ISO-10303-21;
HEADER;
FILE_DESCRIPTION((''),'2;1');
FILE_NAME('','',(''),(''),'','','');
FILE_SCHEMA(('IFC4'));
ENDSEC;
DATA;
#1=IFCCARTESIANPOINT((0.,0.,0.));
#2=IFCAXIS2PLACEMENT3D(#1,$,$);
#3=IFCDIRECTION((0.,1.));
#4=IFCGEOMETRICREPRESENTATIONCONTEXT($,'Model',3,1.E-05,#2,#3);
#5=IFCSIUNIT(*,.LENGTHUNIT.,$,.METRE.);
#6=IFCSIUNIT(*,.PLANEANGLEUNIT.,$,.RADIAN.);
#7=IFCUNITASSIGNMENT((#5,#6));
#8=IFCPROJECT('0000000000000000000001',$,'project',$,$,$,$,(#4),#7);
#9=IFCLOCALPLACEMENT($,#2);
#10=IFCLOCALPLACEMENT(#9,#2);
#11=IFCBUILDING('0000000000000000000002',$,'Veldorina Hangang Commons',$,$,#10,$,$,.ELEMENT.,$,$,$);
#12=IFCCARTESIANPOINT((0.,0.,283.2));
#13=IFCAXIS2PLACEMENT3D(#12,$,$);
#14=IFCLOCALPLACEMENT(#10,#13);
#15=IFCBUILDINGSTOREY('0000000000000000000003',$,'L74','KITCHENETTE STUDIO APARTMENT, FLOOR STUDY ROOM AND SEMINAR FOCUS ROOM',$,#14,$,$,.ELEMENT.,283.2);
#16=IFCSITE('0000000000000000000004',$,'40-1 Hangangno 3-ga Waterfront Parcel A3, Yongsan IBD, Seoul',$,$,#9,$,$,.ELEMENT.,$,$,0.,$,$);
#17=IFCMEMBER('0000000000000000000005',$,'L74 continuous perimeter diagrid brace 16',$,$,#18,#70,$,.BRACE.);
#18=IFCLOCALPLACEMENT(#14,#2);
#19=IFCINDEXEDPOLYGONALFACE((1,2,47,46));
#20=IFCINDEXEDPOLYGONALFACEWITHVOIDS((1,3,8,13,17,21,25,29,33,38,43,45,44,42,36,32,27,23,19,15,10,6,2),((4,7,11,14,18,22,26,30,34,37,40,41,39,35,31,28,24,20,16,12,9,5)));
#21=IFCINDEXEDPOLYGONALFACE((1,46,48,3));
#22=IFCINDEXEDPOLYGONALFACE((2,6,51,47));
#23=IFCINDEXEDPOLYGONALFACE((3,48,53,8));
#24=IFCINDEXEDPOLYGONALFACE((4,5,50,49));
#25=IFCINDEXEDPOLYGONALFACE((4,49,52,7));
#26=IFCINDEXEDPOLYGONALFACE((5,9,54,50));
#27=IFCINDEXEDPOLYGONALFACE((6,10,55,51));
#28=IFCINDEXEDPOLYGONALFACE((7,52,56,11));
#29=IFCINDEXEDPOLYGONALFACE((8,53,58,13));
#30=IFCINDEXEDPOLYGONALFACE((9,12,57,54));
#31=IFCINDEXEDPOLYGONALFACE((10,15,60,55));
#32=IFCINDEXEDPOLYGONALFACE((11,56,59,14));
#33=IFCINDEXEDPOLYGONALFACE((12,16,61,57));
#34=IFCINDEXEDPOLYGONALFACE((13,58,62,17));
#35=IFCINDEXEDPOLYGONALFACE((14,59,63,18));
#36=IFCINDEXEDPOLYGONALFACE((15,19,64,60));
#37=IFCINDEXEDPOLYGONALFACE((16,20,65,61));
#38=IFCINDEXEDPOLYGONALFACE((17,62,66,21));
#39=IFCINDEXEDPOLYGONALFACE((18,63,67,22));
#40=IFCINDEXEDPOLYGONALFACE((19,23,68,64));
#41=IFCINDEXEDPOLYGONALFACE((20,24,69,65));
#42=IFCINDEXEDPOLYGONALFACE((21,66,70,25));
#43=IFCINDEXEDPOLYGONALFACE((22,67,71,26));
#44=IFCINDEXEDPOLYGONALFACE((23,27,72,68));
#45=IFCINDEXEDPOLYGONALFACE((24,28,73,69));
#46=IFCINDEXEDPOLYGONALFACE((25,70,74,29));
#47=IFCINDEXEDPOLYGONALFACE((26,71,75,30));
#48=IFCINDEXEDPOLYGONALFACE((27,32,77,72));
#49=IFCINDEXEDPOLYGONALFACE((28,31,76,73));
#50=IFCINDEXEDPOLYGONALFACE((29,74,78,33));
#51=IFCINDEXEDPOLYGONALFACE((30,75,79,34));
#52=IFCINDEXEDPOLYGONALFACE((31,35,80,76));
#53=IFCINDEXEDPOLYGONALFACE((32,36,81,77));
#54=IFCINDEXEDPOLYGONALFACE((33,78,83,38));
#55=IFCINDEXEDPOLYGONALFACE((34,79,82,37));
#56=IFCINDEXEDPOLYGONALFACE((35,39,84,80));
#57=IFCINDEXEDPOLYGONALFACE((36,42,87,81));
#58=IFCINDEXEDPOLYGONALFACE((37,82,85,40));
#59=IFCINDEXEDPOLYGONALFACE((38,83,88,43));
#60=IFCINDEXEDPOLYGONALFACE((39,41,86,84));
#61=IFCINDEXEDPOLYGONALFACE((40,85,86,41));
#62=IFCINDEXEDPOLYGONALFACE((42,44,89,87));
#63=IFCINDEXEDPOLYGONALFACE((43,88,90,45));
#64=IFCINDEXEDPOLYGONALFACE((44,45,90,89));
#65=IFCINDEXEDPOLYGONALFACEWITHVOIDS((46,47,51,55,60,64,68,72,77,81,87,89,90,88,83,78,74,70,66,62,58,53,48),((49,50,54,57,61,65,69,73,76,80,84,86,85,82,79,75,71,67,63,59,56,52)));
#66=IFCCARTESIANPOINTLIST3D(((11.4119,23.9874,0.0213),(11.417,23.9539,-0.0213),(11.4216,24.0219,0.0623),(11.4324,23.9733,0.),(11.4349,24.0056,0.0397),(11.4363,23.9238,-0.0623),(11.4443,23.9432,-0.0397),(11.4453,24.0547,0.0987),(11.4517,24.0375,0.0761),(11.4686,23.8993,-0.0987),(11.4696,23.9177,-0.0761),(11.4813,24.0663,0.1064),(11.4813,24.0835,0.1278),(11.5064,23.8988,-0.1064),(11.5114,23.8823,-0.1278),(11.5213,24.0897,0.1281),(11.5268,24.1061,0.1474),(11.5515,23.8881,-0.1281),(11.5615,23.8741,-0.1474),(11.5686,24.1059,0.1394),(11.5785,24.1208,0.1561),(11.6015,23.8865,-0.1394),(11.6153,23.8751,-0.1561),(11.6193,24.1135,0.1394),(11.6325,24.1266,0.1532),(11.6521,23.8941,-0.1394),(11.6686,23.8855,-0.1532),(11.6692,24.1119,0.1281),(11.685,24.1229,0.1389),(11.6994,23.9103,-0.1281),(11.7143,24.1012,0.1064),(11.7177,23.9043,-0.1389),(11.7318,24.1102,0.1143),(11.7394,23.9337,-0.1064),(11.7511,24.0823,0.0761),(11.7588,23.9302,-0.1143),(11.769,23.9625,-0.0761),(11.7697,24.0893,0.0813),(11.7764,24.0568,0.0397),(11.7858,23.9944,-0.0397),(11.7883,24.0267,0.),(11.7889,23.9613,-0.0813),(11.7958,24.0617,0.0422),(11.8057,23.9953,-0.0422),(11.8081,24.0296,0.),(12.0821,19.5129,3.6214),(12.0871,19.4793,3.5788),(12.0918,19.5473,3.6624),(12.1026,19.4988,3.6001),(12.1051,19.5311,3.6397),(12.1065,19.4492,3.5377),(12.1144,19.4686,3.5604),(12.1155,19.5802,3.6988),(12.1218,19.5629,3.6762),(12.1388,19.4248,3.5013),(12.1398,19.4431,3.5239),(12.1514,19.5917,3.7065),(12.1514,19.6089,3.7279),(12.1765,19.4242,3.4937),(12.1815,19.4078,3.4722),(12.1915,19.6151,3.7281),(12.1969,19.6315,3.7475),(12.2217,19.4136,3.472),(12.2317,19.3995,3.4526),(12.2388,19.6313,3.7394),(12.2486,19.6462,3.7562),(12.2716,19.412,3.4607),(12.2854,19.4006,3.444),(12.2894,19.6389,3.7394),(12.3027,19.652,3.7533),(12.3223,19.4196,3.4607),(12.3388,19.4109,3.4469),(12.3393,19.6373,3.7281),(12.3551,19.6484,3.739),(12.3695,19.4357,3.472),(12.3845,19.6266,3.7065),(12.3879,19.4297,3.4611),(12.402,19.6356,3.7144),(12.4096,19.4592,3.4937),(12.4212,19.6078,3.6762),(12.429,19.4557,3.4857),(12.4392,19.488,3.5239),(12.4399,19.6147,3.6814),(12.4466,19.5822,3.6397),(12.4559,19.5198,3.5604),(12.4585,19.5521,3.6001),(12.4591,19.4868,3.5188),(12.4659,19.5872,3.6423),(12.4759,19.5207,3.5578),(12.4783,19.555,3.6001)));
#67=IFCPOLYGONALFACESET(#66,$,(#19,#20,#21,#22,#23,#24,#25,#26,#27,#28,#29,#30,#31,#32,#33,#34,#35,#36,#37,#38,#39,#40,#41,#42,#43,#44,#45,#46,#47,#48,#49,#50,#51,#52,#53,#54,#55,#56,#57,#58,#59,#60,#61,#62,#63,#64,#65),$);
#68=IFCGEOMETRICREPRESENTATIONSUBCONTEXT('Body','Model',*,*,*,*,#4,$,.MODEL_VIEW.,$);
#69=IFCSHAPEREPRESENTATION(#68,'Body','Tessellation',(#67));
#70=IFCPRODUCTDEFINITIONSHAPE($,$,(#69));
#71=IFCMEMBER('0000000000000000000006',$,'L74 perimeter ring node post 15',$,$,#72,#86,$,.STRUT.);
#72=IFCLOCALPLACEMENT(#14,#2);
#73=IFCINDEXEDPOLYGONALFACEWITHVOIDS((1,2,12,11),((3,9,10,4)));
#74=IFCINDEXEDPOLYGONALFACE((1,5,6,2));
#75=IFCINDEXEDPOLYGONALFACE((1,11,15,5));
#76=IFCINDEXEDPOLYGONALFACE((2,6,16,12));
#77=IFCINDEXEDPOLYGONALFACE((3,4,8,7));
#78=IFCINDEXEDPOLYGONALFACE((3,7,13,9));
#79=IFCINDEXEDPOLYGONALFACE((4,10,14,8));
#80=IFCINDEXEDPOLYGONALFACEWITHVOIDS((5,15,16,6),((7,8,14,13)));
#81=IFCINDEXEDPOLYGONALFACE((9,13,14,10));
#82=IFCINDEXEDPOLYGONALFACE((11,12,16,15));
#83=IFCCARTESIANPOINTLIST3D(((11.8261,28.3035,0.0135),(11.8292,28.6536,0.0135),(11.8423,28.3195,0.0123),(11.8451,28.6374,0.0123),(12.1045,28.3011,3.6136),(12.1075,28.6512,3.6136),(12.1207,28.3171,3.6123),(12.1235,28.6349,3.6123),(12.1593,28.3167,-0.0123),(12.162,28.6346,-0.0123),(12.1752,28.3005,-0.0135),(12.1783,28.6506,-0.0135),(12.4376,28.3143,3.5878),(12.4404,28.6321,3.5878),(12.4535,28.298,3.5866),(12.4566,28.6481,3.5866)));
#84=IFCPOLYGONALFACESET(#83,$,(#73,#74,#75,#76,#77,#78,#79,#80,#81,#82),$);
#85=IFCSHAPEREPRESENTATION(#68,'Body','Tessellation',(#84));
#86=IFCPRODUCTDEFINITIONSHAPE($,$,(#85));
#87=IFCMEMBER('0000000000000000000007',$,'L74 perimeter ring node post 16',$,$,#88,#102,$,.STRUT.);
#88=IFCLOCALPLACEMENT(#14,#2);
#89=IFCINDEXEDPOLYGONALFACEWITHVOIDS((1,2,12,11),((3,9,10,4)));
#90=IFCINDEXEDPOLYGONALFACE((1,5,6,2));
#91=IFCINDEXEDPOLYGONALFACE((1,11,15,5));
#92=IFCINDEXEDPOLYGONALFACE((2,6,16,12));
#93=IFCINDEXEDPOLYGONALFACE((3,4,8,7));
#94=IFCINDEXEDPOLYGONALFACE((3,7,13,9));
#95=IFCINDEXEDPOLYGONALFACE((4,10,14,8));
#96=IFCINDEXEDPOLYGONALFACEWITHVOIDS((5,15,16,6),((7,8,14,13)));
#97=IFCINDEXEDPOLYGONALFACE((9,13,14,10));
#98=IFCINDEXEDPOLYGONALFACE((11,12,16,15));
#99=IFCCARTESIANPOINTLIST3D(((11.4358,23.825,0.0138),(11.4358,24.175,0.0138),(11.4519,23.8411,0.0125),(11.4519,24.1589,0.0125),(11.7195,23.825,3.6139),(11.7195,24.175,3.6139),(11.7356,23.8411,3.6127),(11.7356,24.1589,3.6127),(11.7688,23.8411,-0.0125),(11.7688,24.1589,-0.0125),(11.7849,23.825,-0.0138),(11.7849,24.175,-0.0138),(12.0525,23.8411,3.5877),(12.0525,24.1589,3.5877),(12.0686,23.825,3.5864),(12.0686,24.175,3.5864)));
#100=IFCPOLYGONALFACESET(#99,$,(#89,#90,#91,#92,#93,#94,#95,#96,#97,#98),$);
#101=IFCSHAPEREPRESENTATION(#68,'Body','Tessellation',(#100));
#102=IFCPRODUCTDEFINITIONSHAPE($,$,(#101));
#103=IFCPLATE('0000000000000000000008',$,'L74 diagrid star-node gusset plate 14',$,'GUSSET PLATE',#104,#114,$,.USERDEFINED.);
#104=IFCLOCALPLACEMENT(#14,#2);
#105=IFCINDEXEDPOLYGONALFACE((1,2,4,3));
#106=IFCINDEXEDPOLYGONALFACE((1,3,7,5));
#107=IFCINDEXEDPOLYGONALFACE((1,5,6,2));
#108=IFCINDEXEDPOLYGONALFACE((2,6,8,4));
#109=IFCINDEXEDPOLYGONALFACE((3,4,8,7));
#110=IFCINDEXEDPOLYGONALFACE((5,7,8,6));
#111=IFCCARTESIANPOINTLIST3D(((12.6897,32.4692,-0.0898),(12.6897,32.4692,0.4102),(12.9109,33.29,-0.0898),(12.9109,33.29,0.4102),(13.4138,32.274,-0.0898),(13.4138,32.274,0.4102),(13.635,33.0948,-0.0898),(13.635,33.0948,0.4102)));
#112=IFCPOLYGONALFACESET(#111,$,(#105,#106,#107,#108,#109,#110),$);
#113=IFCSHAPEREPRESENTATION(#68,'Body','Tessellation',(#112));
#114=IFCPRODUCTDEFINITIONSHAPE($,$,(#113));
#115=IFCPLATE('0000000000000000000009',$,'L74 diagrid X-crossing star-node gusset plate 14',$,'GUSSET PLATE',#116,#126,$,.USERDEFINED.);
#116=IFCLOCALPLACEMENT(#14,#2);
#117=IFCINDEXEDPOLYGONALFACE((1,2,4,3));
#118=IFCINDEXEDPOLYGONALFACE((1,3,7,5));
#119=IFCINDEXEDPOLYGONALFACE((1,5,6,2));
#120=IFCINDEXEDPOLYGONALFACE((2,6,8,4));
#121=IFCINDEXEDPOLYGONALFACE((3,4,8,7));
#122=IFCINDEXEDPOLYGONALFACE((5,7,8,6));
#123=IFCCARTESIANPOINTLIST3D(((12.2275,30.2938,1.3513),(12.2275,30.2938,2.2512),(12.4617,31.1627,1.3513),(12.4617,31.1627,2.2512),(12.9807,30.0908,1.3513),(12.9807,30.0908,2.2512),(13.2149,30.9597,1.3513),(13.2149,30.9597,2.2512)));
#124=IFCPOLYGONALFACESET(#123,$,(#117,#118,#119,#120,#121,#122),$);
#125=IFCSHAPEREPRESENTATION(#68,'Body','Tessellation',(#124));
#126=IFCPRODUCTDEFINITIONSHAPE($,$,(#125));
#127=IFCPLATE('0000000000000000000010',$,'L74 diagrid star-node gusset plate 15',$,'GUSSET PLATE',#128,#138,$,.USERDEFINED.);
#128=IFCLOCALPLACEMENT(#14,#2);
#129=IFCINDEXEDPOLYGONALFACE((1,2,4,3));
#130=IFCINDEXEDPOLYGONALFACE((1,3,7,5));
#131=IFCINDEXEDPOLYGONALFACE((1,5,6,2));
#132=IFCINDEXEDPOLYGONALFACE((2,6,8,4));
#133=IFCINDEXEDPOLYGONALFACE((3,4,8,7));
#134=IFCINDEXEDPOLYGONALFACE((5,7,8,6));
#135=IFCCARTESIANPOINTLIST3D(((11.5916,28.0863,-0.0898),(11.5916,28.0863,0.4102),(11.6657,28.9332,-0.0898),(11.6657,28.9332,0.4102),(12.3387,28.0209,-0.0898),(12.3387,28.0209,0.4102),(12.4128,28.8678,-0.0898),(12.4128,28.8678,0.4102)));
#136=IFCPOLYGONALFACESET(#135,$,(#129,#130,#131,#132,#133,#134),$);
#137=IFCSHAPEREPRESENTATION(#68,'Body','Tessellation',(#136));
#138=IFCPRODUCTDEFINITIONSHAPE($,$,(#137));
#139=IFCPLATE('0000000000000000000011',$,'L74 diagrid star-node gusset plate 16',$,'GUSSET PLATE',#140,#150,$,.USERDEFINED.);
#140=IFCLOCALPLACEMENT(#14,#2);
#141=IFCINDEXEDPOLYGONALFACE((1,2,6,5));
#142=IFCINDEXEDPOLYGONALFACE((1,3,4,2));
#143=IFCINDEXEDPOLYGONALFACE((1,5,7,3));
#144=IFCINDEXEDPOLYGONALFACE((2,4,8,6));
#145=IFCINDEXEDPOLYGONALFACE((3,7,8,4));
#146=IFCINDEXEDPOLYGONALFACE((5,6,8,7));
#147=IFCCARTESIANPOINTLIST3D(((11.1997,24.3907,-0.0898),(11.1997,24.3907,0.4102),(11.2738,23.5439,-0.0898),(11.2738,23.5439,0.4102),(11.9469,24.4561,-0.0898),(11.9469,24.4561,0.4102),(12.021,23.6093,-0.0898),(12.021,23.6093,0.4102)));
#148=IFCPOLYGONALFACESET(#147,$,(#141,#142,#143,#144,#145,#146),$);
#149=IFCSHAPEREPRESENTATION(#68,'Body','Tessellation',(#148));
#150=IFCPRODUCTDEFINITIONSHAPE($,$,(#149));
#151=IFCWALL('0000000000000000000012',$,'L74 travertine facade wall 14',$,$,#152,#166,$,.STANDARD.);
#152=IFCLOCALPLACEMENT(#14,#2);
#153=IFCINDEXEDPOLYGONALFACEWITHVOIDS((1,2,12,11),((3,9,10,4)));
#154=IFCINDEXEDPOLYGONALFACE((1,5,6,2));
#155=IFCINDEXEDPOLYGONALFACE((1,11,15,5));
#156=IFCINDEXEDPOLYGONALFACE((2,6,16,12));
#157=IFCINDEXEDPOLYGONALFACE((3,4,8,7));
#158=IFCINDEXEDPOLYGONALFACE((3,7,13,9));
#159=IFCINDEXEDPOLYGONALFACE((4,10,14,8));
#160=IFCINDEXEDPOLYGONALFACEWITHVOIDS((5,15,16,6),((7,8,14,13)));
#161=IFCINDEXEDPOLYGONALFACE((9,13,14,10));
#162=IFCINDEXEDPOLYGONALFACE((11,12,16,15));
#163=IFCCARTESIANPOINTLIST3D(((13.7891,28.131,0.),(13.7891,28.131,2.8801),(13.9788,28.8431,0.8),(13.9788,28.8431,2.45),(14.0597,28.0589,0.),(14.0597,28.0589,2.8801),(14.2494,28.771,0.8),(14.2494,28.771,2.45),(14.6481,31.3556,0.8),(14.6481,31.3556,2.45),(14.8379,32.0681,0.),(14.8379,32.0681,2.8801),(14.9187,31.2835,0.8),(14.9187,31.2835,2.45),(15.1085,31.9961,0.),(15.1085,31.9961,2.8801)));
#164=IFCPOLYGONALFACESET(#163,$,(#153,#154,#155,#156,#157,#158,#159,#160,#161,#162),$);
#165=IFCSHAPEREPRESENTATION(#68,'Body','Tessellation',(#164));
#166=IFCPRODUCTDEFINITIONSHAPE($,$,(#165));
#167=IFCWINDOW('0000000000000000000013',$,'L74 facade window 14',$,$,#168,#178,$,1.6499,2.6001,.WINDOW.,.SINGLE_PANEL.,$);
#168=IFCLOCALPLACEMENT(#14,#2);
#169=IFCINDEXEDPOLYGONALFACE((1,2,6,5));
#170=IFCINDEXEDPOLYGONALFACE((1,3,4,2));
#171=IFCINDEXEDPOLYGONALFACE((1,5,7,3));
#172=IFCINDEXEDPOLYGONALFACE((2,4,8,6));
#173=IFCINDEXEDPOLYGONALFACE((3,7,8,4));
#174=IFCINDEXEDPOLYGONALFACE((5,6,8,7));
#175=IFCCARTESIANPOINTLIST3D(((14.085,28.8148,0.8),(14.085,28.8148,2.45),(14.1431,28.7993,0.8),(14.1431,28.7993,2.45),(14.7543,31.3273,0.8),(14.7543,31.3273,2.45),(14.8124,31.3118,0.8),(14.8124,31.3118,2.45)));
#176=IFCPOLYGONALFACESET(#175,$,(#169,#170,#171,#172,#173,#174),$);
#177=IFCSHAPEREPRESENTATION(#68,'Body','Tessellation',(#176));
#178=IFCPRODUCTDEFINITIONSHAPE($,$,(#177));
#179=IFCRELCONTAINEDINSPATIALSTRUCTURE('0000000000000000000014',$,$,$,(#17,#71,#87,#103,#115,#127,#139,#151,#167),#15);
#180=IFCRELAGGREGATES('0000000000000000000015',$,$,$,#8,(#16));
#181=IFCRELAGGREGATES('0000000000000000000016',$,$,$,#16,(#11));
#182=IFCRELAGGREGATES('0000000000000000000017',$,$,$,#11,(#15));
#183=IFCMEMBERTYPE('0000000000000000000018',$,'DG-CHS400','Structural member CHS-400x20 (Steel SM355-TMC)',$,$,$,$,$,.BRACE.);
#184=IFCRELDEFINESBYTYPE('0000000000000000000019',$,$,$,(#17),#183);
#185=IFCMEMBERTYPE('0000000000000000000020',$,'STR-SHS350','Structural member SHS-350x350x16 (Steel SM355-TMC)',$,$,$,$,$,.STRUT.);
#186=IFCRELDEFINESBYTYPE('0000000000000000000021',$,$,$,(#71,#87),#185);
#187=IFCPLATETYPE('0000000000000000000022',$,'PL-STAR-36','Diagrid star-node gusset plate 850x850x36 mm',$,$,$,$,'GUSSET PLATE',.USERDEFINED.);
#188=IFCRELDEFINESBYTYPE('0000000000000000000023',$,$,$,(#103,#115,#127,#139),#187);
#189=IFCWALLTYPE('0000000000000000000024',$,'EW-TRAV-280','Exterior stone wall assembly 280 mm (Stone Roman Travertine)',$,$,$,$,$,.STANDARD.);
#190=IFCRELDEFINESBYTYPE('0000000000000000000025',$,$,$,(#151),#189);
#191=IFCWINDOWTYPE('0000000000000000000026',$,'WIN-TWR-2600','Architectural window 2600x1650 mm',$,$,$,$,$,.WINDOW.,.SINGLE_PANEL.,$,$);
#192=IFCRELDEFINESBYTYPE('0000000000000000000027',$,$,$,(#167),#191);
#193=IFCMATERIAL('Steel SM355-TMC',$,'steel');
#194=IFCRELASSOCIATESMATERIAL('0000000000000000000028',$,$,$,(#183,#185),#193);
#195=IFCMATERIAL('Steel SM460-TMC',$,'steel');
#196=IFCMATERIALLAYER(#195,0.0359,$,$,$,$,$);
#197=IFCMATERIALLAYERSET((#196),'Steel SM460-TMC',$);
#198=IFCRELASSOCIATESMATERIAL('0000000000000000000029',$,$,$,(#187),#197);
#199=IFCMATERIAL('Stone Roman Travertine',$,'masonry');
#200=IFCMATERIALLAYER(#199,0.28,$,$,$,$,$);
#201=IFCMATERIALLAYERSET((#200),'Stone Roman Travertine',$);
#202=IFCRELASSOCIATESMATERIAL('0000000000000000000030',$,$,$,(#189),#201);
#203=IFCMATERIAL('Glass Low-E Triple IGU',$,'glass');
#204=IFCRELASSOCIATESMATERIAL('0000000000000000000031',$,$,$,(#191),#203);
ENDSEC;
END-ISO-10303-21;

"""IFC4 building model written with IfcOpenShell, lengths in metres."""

from ifc_helpers import new_model, si_unit, direction, frame, frame_2d, origin, origin_2d, place, context, subcontext, project, spatial, rectangle, hollow_rectangle, hollow_circle, extrude, material, layer, layer_set, material_profile, profile_set, type_object, element, fill, save


model = new_model("IFC4")

# Units and contexts
model_context = context("Model", 3, precision=1e-05, world=origin(), true_north=direction((0.0, 1.0)))
body_context = subcontext(model_context, "Body", "Model", "MODEL_VIEW")
ifc_project = project(units=[si_unit("LENGTHUNIT", "METRE"), si_unit("PLANEANGLEUNIT", "RADIAN")], contexts=[model_context])

# Site, building, storey
site_placement = place(None, origin())
site = spatial("IfcSite", under=ifc_project, at=site_placement, Name="40-1 Hangangno 3-ga Waterfront Parcel A3, Yongsan IBD, Seoul", CompositionType="ELEMENT", RefElevation=0.0)
building_placement = place(site_placement, origin())
building = spatial("IfcBuilding", under=site, at=building_placement, Name="Veldorina Hangang Commons", CompositionType="ELEMENT")
storey_placement = place(building_placement, frame((0.0, 0.0, 283.2)))
storey = spatial("IfcBuildingStorey", under=building, at=storey_placement, Name="L74", Description="KITCHENETTE STUDIO APARTMENT, FLOOR STUDY ROOM AND SEMINAR FOCUS ROOM", CompositionType="ELEMENT", Elevation=283.2)

# Shared definitions
ifc_material_1 = material(Name="Steel SM355-TMC", Category="steel")

# Members
ifc_material_profile_1 = material_profile(ifc_material_1, hollow_circle(Radius=0.2, WallThickness=0.02, at=origin_2d()), Name="CHS-400x20")
ifc_profile_set_1 = profile_set([ifc_material_profile_1], Name="Steel SM355-TMC")
member_type_1 = type_object("IfcMemberType", Name="DG-CHS400", Description="Structural member CHS-400x20 (Steel SM355-TMC)", PredefinedType="BRACE", material=ifc_profile_set_1)
member_1_placement = place(storey_placement, frame((11.6104, 24.0, 0.0), z_axis=(0.115905, -0.773881, 0.622635), x_axis=(0.98897, 0.148119, 0.0)))
element("IfcMember", 1, at=member_1_placement, inside=storey, type_object=member_type_1, Name="L74 continuous perimeter diagrid brace 16", PredefinedType="BRACE", context=body_context, shape_type="SweptSolid", body=[
    extrude(hollow_circle(Radius=0.2, WallThickness=0.02, at=origin_2d()), origin(), (0.0, 0.0, 1.0), 5.782),
])
ifc_material_profile_2 = material_profile(ifc_material_1, hollow_rectangle(XDim=0.3501, YDim=0.3501, WallThickness=0.0161, at=origin_2d()), Name="SHS-350x350x16")
ifc_profile_set_2 = profile_set([ifc_material_profile_2], Name="Steel SM355-TMC")
member_type_2 = type_object("IfcMemberType", Name="STR-SHS350", Description="Structural member SHS-350x350x16 (Steel SM355-TMC)", PredefinedType="STRUT", material=ifc_profile_set_2)
member_2_placement = place(storey_placement, frame((12.0022, 28.4771, 0.0), z_axis=(0.077079, -0.000676, 0.997025), x_axis=(0.008772, 0.999962, 0.0)))
element("IfcMember", 2, at=member_2_placement, inside=storey, type_object=member_type_2, Name="L74 perimeter ring node post 15", PredefinedType="STRUT", context=body_context, shape_type="SweptSolid", body=[
    extrude(hollow_rectangle(XDim=0.3501, YDim=0.3501, WallThickness=0.0161, at=origin_2d()), origin(), (0.0, 0.0, 1.0), 3.6108),
])
member_3_placement = place(storey_placement, frame((11.6104, 24.0, 0.0), z_axis=(0.078558, 0.0, 0.99691), x_axis=(0.0, 1.0, 0.0)))
element("IfcMember", 3, at=member_3_placement, inside=storey, type_object=member_type_2, Name="L74 perimeter ring node post 16", PredefinedType="STRUT", context=body_context, shape_type="SweptSolid", body=[
    extrude(hollow_rectangle(XDim=0.3501, YDim=0.3501, WallThickness=0.0161, at=origin_2d()), origin(), (0.0, 0.0, 1.0), 3.6113),
])

# Plates
ifc_material_2 = material(Name="Steel SM460-TMC", Category="steel")
ifc_layer_1 = layer(ifc_material_2, 0.0359)
ifc_layer_set_1 = layer_set([ifc_layer_1], Name="Steel SM460-TMC")
plate_type = type_object("IfcPlateType", Name="PL-STAR-36", Description="Diagrid star-node gusset plate 850x850x36 mm", ElementType="GUSSET PLATE", PredefinedType="USERDEFINED", material=ifc_layer_set_1)
plate_1_placement = place(storey_placement, frame((13.1624, 32.782, -0.0898), z_axis=(0.0, 0.0, 1.0), x_axis=(-0.260235, -0.965545, 0.0)))
element("IfcPlate", 4, at=plate_1_placement, inside=storey, type_object=plate_type, Name="L74 diagrid star-node gusset plate 14", ObjectType="GUSSET PLATE", PredefinedType="USERDEFINED", context=body_context, shape_type="SweptSolid", body=[
    extrude(rectangle(XDim=0.8501, YDim=0.75, at=origin_2d()), origin(), (0.0, 0.0, 1.0), 0.5),
])
plate_2_placement = place(storey_placement, frame((12.7212, 30.6267, 1.3513), z_axis=(0.0, 0.0, 1.0), x_axis=(-0.260235, -0.965545, 0.0)))
element("IfcPlate", 5, at=plate_2_placement, inside=storey, type_object=plate_type, Name="L74 diagrid X-crossing star-node gusset plate 14", ObjectType="GUSSET PLATE", PredefinedType="USERDEFINED", context=body_context, shape_type="SweptSolid", body=[
    extrude(rectangle(XDim=0.8999, YDim=0.78, at=origin_2d()), origin(), (0.0, 0.0, 1.0), 0.8999),
])
for number, where, z_axis, x_axis, name in (
    (6, (12.0022, 28.4771, -0.0898), (0.0, 0.0, 1.0), (-0.087173, -0.996193, 0.0), "L74 diagrid star-node gusset plate 15"),
    (7, (11.6104, 24.0, -0.0898), (0.0, 0.0, 1.0), (0.087173, -0.996193, 0.0), "L74 diagrid star-node gusset plate 16"),
):
    element("IfcPlate", number, at=place(storey_placement, frame(where, z_axis=z_axis, x_axis=x_axis)), inside=storey, type_object=plate_type, Name=name, ObjectType="GUSSET PLATE", PredefinedType="USERDEFINED", context=body_context, shape_type="SweptSolid", body=[
        extrude(rectangle(XDim=0.8501, YDim=0.75, at=origin_2d()), origin(), (0.0, 0.0, 1.0), 0.5),
    ])

# Wall, opening, window
ifc_material_3 = material(Name="Stone Roman Travertine", Category="masonry")
ifc_layer_2 = layer(ifc_material_3, 0.28)
ifc_layer_set_2 = layer_set([ifc_layer_2], Name="Stone Roman Travertine")
wall_type_1 = type_object("IfcWallType", Name="EW-TRAV-280", Description="Exterior stone wall assembly 280 mm (Stone Roman Travertine)", PredefinedType="STANDARD", material=ifc_layer_set_2)
wall_1_placement = place(storey_placement, frame((14.9731, 32.032, 0.0), z_axis=(0.0, 0.0, 1.0), x_axis=(-0.257409, -0.966303, 0.0)))
wall_1 = element("IfcWall", 8, at=wall_1_placement, inside=storey, type_object=wall_type_1, Name="L74 travertine facade wall 14", PredefinedType="STANDARD", context=body_context, shape_type="SweptSolid", body=[
    extrude(rectangle(XDim=4.0745, YDim=0.28, at=frame_2d((2.0371, 0.0))), origin(), (0.0, 0.0, 1.0), 2.8801),
])
opening_1_placement = place(wall_1_placement, frame((0.7373, 0.0, 0.8)))
opening_1 = element("IfcOpeningElement", 9, at=opening_1_placement, cuts=wall_1, PredefinedType="OPENING", context=body_context, shape_type="SweptSolid", body=[
    extrude(rectangle(XDim=2.6001, YDim=1.6499, at=frame_2d((1.3, 0.825))), frame((0.0, 0.1499, 0.0), z_axis=(0.0, -1.0, 0.0), x_axis=(1.0, 0.0, 0.0)), (0.0, 0.0, 1.0), 0.3),
])
ifc_material_4 = material(Name="Glass Low-E Triple IGU", Category="glass")
window_type = type_object("IfcWindowType", Name="WIN-TWR-2600", Description="Architectural window 2600x1650 mm", PartitioningType="SINGLE_PANEL", PredefinedType="WINDOW", material=ifc_material_4)
window_1_placement = place(opening_1_placement, origin())
window_1 = element("IfcWindow", 10, at=window_1_placement, inside=storey, type_object=window_type, Name="L74 facade window 14", OverallHeight=1.6499, OverallWidth=2.6001, PartitioningType="SINGLE_PANEL", PredefinedType="WINDOW", context=body_context, shape_type="SweptSolid", body=[
    extrude(rectangle(XDim=2.6001, YDim=1.6499, at=frame_2d((1.3, 0.825))), frame((0.0, 0.03, 0.0), z_axis=(0.0, -1.0, 0.0), x_axis=(1.0, 0.0, 0.0)), (0.0, 0.0, 1.0), 0.0601),
])
fill(opening_1, window_1)

save(model, "model.ifc")
